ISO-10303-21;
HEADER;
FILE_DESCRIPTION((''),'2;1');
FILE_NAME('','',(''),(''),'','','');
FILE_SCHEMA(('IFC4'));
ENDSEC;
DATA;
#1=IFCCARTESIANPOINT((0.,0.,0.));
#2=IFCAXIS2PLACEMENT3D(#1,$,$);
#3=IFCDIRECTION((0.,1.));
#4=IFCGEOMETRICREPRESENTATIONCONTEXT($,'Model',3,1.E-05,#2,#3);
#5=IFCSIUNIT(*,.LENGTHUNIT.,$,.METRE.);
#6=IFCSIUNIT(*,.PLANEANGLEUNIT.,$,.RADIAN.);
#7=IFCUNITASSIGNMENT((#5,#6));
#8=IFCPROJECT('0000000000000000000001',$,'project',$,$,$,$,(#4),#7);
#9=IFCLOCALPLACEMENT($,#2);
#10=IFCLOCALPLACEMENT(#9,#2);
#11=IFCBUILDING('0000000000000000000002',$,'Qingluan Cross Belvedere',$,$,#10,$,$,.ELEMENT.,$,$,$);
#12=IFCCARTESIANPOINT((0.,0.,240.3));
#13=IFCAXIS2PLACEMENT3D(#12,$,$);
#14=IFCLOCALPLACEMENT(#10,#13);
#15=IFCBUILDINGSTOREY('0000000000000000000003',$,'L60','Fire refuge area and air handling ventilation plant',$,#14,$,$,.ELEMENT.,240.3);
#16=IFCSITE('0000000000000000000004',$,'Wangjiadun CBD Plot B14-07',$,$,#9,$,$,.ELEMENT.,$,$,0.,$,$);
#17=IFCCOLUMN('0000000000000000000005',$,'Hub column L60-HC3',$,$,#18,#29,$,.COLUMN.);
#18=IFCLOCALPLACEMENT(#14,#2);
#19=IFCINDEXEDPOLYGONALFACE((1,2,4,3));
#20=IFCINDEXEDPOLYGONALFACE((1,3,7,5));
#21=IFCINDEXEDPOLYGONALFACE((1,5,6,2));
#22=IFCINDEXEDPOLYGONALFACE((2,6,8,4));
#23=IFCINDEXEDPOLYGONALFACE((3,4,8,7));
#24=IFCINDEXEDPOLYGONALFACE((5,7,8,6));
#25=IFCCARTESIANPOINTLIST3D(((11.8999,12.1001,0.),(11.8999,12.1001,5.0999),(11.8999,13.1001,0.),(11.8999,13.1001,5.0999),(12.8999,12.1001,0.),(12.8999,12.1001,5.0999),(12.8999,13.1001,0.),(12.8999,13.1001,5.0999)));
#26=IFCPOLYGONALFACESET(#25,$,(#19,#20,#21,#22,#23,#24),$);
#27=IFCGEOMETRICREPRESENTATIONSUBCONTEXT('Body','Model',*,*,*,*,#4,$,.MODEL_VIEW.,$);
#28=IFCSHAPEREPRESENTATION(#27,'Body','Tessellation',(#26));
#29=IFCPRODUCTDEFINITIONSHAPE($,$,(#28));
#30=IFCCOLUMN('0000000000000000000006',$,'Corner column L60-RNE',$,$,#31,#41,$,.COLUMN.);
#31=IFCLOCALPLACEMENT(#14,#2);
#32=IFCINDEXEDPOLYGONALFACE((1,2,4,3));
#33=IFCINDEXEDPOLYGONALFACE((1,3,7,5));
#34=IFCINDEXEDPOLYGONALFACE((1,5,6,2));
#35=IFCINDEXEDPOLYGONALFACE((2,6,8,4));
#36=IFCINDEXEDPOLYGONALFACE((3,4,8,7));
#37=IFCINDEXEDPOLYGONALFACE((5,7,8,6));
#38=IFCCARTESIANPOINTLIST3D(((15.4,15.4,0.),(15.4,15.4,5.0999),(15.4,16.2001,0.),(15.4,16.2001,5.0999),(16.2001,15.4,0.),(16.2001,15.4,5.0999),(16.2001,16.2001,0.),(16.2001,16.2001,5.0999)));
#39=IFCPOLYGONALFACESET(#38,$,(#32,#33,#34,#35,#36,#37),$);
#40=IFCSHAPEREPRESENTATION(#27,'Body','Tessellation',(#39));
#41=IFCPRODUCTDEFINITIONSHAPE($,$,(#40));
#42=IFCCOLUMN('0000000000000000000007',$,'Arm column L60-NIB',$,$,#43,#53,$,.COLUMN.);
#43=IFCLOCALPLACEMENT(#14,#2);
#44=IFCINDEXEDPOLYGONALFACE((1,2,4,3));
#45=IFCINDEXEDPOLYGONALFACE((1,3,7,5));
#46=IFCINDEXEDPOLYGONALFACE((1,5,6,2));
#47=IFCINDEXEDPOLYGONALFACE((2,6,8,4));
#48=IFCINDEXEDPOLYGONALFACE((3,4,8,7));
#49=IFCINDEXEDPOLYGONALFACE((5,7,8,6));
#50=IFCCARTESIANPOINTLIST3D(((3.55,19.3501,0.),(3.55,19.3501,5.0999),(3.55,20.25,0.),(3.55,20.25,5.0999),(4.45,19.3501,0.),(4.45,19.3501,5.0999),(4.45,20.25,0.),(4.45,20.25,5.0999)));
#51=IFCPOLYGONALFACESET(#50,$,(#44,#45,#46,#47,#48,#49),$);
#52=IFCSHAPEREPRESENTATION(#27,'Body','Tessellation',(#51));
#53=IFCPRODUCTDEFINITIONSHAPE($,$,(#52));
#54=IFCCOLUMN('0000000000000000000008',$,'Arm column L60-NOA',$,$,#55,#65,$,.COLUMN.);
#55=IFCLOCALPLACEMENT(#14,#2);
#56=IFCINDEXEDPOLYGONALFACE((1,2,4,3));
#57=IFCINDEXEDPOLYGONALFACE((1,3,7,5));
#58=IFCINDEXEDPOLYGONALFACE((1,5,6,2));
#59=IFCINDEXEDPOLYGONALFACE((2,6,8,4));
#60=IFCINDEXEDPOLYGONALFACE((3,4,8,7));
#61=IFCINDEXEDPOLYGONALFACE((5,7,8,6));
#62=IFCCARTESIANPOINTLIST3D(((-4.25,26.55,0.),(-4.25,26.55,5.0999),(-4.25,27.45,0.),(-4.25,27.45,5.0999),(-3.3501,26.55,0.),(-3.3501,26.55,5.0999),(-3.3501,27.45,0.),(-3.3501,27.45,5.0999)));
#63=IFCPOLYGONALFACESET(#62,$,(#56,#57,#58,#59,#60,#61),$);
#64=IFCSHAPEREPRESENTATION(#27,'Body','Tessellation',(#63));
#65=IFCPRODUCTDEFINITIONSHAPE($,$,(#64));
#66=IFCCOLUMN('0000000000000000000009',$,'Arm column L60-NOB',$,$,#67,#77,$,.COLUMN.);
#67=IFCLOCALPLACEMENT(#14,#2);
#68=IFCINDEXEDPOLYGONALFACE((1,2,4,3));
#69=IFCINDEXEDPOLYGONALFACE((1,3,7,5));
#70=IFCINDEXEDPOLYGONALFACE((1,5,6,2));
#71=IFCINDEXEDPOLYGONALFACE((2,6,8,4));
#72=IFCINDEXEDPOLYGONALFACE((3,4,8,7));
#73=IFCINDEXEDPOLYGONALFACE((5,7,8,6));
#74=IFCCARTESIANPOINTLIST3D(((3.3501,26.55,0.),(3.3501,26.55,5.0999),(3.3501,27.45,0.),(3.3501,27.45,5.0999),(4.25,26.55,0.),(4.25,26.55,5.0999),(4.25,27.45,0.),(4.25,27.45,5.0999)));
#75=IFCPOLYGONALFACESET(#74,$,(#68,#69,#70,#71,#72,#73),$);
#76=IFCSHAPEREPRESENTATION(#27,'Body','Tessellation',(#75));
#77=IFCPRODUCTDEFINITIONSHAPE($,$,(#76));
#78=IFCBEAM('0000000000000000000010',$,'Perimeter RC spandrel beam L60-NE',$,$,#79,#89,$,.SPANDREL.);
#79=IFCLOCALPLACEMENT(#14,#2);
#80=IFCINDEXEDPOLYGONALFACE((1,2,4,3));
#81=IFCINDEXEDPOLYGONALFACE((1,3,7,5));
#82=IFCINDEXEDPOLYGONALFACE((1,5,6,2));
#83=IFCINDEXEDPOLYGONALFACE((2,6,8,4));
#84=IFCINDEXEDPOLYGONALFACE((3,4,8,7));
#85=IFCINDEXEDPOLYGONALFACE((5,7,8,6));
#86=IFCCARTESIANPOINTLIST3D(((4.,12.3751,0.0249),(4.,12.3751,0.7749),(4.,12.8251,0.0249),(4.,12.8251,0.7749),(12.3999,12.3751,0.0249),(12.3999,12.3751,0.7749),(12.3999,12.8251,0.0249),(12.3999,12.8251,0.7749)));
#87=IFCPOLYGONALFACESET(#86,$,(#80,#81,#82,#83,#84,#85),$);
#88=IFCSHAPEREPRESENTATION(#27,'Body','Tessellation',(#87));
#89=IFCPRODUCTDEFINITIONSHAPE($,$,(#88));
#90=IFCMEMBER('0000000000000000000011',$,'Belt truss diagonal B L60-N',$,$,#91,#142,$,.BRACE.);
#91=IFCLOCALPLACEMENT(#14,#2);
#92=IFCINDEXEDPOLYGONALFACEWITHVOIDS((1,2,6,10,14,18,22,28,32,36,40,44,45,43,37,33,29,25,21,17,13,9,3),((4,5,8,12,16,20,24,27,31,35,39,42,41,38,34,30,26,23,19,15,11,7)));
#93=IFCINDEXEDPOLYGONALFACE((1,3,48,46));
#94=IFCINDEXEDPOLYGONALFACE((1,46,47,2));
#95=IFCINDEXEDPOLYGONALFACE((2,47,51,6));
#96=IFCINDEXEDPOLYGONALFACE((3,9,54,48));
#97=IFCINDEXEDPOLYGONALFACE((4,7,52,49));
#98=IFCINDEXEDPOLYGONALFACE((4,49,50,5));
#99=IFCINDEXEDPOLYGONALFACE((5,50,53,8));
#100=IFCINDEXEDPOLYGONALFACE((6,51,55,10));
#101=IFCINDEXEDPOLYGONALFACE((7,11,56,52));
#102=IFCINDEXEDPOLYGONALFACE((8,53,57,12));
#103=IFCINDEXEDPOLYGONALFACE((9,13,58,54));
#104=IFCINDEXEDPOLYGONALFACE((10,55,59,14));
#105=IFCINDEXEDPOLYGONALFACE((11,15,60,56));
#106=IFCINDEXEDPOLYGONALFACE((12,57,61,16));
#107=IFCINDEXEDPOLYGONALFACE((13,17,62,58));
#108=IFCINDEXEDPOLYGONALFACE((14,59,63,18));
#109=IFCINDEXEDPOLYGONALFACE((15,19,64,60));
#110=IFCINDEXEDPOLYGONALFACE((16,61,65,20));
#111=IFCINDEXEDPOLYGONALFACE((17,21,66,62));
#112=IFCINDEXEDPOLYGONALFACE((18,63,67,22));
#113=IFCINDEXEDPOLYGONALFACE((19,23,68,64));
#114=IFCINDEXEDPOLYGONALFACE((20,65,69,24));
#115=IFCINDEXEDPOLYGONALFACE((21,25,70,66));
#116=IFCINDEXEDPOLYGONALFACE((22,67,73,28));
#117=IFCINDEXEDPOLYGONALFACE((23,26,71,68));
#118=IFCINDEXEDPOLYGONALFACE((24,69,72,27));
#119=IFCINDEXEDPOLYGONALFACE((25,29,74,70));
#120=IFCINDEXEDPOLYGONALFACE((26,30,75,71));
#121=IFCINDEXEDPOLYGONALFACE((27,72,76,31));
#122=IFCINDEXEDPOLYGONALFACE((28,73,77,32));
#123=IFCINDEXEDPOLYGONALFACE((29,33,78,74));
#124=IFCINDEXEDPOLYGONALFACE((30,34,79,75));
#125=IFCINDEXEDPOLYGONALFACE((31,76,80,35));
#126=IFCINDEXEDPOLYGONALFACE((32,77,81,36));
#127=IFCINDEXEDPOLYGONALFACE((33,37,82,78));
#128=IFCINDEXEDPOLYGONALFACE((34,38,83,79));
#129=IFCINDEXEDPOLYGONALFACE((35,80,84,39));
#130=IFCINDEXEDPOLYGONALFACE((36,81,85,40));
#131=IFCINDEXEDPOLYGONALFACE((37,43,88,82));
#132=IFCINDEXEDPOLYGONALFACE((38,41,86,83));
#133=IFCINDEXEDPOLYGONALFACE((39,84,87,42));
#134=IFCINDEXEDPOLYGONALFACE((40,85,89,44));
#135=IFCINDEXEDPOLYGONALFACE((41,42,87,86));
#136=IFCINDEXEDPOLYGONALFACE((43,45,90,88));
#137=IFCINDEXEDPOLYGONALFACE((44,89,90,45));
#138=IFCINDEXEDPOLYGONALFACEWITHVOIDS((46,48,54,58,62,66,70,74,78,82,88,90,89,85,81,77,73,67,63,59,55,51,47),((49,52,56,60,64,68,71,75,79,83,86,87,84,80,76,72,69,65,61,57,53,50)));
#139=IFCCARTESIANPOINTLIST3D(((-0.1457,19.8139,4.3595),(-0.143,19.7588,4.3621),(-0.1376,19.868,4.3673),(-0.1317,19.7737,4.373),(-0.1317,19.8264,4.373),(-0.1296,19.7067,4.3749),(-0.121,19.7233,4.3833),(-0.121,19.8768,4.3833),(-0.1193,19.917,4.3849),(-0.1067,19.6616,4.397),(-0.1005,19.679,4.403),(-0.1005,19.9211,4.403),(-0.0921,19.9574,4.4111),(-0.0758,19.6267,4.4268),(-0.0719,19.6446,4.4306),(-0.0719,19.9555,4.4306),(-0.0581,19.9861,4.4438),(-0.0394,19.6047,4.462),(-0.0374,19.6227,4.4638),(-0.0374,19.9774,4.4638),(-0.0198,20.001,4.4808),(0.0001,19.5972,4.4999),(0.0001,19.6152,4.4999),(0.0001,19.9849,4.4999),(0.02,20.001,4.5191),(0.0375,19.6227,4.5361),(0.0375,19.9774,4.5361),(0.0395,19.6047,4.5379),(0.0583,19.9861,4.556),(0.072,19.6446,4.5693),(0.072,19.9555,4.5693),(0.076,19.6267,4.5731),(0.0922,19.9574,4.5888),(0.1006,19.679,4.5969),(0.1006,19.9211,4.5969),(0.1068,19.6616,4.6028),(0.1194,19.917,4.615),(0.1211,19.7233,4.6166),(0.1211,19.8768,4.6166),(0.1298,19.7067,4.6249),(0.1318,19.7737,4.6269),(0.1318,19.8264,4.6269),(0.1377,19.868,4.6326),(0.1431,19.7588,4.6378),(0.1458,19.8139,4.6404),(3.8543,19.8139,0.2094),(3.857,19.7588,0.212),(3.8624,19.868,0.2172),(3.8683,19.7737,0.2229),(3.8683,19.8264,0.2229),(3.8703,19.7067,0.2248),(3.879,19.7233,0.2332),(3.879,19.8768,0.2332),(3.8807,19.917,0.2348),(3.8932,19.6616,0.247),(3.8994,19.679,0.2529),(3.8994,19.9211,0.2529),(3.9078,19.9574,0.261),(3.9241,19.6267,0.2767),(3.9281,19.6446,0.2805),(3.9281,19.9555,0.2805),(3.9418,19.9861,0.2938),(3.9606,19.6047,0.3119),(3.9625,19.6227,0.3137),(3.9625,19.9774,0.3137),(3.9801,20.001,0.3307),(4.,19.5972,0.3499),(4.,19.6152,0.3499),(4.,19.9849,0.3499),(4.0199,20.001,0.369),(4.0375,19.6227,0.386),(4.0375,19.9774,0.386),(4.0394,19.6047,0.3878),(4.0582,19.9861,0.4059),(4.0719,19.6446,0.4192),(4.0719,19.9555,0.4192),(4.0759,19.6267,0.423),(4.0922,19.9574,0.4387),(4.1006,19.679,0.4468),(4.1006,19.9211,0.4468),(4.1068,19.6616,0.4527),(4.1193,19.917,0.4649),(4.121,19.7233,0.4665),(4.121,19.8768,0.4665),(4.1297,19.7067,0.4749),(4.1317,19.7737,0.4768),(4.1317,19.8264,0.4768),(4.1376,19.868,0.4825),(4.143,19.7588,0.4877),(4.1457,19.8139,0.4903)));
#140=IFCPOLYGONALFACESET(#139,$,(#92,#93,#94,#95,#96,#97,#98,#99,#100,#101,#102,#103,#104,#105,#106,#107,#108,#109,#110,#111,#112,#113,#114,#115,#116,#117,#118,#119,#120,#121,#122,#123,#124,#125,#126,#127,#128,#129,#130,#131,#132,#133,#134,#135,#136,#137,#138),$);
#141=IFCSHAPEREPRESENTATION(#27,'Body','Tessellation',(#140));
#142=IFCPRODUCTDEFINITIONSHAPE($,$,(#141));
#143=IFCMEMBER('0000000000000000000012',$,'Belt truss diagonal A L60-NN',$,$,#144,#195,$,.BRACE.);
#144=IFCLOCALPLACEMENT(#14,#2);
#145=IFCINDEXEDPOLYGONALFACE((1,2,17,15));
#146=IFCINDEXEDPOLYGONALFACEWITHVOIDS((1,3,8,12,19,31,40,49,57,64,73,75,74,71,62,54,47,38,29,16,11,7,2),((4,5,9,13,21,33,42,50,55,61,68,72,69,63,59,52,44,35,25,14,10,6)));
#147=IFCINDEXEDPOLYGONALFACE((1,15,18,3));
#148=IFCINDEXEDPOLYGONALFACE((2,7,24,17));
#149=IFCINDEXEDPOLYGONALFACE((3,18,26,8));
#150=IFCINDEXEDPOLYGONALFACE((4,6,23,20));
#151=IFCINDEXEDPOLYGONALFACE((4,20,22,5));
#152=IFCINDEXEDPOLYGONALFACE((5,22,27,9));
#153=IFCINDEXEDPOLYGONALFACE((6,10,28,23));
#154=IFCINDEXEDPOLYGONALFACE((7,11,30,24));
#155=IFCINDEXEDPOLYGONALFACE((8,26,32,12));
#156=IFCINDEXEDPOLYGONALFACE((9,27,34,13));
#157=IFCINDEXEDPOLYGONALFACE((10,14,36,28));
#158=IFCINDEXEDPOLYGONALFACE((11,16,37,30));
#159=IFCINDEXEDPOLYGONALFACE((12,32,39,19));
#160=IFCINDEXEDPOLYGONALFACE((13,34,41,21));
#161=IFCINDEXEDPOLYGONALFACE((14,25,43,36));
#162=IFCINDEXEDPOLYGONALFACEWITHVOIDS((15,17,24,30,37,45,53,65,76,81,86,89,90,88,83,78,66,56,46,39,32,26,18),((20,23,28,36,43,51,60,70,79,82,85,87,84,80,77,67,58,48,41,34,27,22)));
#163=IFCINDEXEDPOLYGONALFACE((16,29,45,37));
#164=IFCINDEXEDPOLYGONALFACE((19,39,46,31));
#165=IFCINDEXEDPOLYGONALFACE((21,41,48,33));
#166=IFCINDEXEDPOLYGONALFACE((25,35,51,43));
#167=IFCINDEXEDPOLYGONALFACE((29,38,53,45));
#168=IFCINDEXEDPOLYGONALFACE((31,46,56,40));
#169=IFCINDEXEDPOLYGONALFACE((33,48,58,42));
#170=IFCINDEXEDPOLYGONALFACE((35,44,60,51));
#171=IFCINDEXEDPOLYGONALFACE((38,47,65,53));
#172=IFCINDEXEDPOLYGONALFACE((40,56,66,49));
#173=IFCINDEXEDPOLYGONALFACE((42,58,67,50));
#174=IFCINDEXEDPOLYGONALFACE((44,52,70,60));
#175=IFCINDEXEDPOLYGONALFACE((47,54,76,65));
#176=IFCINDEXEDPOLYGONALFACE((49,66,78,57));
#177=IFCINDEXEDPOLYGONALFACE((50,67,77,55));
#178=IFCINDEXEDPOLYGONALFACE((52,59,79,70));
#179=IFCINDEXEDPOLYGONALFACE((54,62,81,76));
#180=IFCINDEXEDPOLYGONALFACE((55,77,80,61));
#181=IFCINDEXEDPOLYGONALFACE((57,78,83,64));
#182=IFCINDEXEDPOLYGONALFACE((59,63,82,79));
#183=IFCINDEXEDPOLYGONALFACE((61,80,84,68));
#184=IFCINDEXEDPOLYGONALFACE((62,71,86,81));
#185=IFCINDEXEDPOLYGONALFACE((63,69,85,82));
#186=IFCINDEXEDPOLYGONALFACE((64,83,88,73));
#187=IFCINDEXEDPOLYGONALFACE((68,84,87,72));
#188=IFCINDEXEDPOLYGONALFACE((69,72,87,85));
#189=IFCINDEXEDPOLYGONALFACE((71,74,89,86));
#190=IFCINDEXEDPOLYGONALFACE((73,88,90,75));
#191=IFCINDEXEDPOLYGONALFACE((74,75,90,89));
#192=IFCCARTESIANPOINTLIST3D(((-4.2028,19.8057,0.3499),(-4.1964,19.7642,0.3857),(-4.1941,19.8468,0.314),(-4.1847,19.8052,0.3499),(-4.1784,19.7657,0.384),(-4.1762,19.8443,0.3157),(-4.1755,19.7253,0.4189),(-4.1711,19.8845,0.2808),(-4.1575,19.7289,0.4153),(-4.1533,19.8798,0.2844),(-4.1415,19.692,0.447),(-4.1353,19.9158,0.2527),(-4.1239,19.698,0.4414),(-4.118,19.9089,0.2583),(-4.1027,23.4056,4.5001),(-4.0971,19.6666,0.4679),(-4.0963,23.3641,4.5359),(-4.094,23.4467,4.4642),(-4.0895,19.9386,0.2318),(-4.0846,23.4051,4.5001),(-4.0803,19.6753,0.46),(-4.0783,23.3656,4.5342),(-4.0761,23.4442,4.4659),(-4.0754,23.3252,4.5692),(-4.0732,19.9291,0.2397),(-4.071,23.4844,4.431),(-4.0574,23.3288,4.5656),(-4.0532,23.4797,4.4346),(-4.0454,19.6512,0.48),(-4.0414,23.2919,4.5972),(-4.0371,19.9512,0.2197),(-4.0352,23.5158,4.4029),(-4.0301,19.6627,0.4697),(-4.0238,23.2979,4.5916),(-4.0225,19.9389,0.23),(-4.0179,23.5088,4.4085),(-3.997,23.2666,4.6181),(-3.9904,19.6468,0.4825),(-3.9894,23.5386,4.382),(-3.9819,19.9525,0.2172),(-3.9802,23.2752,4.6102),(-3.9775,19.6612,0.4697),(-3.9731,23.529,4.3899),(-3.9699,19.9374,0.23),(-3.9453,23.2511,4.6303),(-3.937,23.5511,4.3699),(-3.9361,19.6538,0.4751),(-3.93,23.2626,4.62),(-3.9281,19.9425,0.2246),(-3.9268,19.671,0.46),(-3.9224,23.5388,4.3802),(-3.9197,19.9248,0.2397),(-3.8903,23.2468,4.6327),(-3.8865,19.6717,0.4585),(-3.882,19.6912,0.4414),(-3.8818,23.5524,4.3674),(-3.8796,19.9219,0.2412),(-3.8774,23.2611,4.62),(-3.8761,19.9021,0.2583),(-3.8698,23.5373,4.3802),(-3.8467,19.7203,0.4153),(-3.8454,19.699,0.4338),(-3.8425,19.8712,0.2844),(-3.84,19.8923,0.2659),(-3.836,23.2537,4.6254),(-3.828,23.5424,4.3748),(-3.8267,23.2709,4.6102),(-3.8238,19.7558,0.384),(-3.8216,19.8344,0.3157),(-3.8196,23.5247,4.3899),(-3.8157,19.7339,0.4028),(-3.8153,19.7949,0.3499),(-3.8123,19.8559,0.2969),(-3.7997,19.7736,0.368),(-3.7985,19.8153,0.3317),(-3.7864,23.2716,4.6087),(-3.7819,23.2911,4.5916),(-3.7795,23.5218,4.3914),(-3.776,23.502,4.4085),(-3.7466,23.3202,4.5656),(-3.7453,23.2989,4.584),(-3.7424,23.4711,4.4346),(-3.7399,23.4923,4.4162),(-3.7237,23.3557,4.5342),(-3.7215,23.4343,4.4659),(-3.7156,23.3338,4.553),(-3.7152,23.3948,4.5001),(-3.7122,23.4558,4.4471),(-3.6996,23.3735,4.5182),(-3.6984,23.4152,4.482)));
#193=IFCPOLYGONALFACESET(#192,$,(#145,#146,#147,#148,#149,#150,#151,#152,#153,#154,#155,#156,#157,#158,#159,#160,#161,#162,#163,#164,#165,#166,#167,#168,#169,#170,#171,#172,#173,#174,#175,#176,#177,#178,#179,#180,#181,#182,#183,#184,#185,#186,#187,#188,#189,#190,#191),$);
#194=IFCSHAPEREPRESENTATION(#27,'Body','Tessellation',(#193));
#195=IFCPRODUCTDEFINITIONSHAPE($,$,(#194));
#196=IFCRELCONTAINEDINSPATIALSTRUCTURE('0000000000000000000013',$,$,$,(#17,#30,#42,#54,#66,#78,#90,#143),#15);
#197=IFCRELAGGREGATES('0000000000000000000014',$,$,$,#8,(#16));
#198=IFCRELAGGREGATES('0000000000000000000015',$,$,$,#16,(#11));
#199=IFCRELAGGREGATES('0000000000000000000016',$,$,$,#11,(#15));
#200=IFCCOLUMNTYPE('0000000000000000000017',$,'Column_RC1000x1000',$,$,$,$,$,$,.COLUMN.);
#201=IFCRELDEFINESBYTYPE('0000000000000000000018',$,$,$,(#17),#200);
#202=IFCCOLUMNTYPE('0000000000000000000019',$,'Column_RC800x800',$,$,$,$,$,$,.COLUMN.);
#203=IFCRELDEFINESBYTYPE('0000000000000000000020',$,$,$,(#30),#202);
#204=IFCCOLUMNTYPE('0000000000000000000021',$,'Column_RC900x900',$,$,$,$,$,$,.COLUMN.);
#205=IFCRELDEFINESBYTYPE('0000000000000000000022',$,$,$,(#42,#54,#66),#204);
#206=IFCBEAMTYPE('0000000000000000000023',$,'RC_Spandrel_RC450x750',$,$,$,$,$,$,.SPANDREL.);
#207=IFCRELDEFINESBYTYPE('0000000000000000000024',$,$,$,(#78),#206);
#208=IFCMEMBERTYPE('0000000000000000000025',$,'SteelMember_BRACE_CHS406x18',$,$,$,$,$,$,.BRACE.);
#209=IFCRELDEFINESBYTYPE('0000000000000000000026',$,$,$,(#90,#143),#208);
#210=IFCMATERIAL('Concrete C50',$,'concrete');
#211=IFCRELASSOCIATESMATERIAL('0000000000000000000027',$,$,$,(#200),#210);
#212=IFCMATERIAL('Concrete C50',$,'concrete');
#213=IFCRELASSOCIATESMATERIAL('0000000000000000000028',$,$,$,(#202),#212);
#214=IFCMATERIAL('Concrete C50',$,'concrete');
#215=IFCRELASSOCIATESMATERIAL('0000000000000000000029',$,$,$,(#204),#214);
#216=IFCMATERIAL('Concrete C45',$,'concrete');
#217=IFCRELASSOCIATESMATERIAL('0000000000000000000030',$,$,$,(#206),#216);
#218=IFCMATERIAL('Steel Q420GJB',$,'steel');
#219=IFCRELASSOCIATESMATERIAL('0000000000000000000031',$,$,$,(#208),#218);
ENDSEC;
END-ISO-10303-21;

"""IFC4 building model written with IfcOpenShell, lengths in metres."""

from ifc_helpers import new_model, si_unit, direction, frame, origin, origin_2d, place, context, subcontext, project, spatial, rectangle, hollow_circle, extrude, material, material_profile, profile_set, type_object, element, save


model = new_model("IFC4")

# Units and contexts
model_context = context("Model", 3, precision=1e-05, world=origin(), true_north=direction((0.0, 1.0)))
body_context = subcontext(model_context, "Body", "Model", "MODEL_VIEW")
ifc_project = project(units=[si_unit("LENGTHUNIT", "METRE"), si_unit("PLANEANGLEUNIT", "RADIAN")], contexts=[model_context])

# Site, building, storey
site_placement = place(None, origin())
site = spatial("IfcSite", under=ifc_project, at=site_placement, Name="Wangjiadun CBD Plot B14-07", CompositionType="ELEMENT", RefElevation=0.0)
building_placement = place(site_placement, origin())
building = spatial("IfcBuilding", under=site, at=building_placement, Name="Qingluan Cross Belvedere", CompositionType="ELEMENT")
storey_placement = place(building_placement, frame((0.0, 0.0, 240.3)))
storey = spatial("IfcBuildingStorey", under=building, at=storey_placement, Name="L60", Description="Fire refuge area and air handling ventilation plant", CompositionType="ELEMENT", Elevation=240.3)

# Columns
ifc_material_1 = material(Name="Concrete C50", Category="concrete")
ifc_material_profile_1 = material_profile(ifc_material_1, rectangle(XDim=1.0, YDim=1.0, at=origin_2d()), Name="RC1000x1000")
ifc_profile_set_1 = profile_set([ifc_material_profile_1], Name="Concrete C50")
column_type_1 = type_object("IfcColumnType", Name="Column_RC1000x1000", PredefinedType="COLUMN", material=ifc_profile_set_1)
column_1_placement = place(storey_placement, frame((12.3999, 12.6001, 0.0), z_axis=(0.0, 0.0, 1.0), x_axis=(1.0, 0.0, 0.0)))
element("IfcColumn", 1, at=column_1_placement, inside=storey, type_object=column_type_1, Name="Hub column L60-HC3", PredefinedType="COLUMN", context=body_context, shape_type="SweptSolid", body=[
    extrude(rectangle(XDim=1.0, YDim=1.0, at=origin_2d()), origin(), (0.0, 0.0, 1.0), 5.0999),
])
ifc_material_2 = material(Name="Concrete C50", Category="concrete")
ifc_material_profile_2 = material_profile(ifc_material_2, rectangle(XDim=0.8, YDim=0.8, at=origin_2d()), Name="RC800x800")
ifc_profile_set_2 = profile_set([ifc_material_profile_2], Name="Concrete C50")
column_type_2 = type_object("IfcColumnType", Name="Column_RC800x800", PredefinedType="COLUMN", material=ifc_profile_set_2)
column_2_placement = place(storey_placement, frame((15.8, 15.8, 0.0), z_axis=(0.0, 0.0, 1.0), x_axis=(1.0, 0.0, 0.0)))
element("IfcColumn", 2, at=column_2_placement, inside=storey, type_object=column_type_2, Name="Corner column L60-RNE", PredefinedType="COLUMN", context=body_context, shape_type="SweptSolid", body=[
    extrude(rectangle(XDim=0.8, YDim=0.8, at=origin_2d()), origin(), (0.0, 0.0, 1.0), 5.0999),
])
ifc_material_3 = material(Name="Concrete C50", Category="concrete")
ifc_material_profile_3 = material_profile(ifc_material_3, rectangle(XDim=0.8999, YDim=0.8999, at=origin_2d()), Name="RC900x900")
ifc_profile_set_3 = profile_set([ifc_material_profile_3], Name="Concrete C50")
column_type_3 = type_object("IfcColumnType", Name="Column_RC900x900", PredefinedType="COLUMN", material=ifc_profile_set_3)
for number, where, z_axis, x_axis, name in (
    (3, (4.0, 19.8, 0.0), (0.0, 0.0, 1.0), (1.0, 0.0, 0.0), "Arm column L60-NIB"),
    (4, (-3.8, 27.0, 0.0), (0.0, 0.0, 1.0), (1.0, 0.0, 0.0), "Arm column L60-NOA"),
    (5, (3.8, 27.0, 0.0), (0.0, 0.0, 1.0), (1.0, 0.0, 0.0), "Arm column L60-NOB"),
):
    element("IfcColumn", number, at=place(storey_placement, frame(where, z_axis=z_axis, x_axis=x_axis)), inside=storey, type_object=column_type_3, Name=name, PredefinedType="COLUMN", context=body_context, shape_type="SweptSolid", body=[
        extrude(rectangle(XDim=0.8999, YDim=0.8999, at=origin_2d()), origin(), (0.0, 0.0, 1.0), 5.0999),
    ])

# Beam
ifc_material_4 = material(Name="Concrete C45", Category="concrete")
ifc_material_profile_4 = material_profile(ifc_material_4, rectangle(XDim=0.45, YDim=0.75, at=origin_2d()), Name="RC450x750")
ifc_profile_set_4 = profile_set([ifc_material_profile_4], Name="Concrete C45")
beam_type_1 = type_object("IfcBeamType", Name="RC_Spandrel_RC450x750", PredefinedType="SPANDREL", material=ifc_profile_set_4)
beam_1_placement = place(storey_placement, frame((4.0, 12.6001, 0.3999), z_axis=(1.0, 0.0, 0.0), x_axis=(0.0, 1.0, 0.0)))
element("IfcBeam", 6, at=beam_1_placement, inside=storey, type_object=beam_type_1, Name="Perimeter RC spandrel beam L60-NE", PredefinedType="SPANDREL", context=body_context, shape_type="SweptSolid", body=[
    extrude(rectangle(XDim=0.45, YDim=0.75, at=origin_2d()), origin(), (0.0, 0.0, 1.0), 8.3999),
])

# Members
ifc_material_5 = material(Name="Steel Q420GJB", Category="steel")
ifc_material_profile_5 = material_profile(ifc_material_5, hollow_circle(Radius=0.2029, WallThickness=0.0181, at=origin_2d()), Name="CHS406x18")
ifc_profile_set_5 = profile_set([ifc_material_profile_5], Name="Steel Q420GJB")
member_type_1 = type_object("IfcMemberType", Name="SteelMember_BRACE_CHS406x18", PredefinedType="BRACE", material=ifc_profile_set_5)
member_placement = place(storey_placement, frame((4.0, 19.8, 0.3499), z_axis=(-0.693962, 0.0, 0.720011), x_axis=(0.0, -1.0, 0.0)))
element("IfcMember", 7, at=member_placement, inside=storey, type_object=member_type_1, Name="Belt truss diagonal B L60-N", PredefinedType="BRACE", context=body_context, shape_type="SweptSolid", body=[
    extrude(hollow_circle(Radius=0.2029, WallThickness=0.0181, at=origin_2d()), origin(), (0.0, 0.0, 1.0), 5.7639),
])
for number, where, z_axis, x_axis, name in (
    (8, (-4.0, 19.8, 0.3499), (0.018217, 0.65514, 0.755288), (-0.999614, 0.027795, 0.0), "Belt truss diagonal A L60-NN"),
):
    element("IfcMember", number, at=place(storey_placement, frame(where, z_axis=z_axis, x_axis=x_axis)), inside=storey, type_object=member_type_1, Name=name, PredefinedType="BRACE", context=body_context, shape_type="SweptSolid", body=[
        extrude(hollow_circle(Radius=0.2029, WallThickness=0.0181, at=origin_2d()), origin(), (0.0, 0.0, 1.0), 5.4949),
    ])

save(model, "model.ifc")
